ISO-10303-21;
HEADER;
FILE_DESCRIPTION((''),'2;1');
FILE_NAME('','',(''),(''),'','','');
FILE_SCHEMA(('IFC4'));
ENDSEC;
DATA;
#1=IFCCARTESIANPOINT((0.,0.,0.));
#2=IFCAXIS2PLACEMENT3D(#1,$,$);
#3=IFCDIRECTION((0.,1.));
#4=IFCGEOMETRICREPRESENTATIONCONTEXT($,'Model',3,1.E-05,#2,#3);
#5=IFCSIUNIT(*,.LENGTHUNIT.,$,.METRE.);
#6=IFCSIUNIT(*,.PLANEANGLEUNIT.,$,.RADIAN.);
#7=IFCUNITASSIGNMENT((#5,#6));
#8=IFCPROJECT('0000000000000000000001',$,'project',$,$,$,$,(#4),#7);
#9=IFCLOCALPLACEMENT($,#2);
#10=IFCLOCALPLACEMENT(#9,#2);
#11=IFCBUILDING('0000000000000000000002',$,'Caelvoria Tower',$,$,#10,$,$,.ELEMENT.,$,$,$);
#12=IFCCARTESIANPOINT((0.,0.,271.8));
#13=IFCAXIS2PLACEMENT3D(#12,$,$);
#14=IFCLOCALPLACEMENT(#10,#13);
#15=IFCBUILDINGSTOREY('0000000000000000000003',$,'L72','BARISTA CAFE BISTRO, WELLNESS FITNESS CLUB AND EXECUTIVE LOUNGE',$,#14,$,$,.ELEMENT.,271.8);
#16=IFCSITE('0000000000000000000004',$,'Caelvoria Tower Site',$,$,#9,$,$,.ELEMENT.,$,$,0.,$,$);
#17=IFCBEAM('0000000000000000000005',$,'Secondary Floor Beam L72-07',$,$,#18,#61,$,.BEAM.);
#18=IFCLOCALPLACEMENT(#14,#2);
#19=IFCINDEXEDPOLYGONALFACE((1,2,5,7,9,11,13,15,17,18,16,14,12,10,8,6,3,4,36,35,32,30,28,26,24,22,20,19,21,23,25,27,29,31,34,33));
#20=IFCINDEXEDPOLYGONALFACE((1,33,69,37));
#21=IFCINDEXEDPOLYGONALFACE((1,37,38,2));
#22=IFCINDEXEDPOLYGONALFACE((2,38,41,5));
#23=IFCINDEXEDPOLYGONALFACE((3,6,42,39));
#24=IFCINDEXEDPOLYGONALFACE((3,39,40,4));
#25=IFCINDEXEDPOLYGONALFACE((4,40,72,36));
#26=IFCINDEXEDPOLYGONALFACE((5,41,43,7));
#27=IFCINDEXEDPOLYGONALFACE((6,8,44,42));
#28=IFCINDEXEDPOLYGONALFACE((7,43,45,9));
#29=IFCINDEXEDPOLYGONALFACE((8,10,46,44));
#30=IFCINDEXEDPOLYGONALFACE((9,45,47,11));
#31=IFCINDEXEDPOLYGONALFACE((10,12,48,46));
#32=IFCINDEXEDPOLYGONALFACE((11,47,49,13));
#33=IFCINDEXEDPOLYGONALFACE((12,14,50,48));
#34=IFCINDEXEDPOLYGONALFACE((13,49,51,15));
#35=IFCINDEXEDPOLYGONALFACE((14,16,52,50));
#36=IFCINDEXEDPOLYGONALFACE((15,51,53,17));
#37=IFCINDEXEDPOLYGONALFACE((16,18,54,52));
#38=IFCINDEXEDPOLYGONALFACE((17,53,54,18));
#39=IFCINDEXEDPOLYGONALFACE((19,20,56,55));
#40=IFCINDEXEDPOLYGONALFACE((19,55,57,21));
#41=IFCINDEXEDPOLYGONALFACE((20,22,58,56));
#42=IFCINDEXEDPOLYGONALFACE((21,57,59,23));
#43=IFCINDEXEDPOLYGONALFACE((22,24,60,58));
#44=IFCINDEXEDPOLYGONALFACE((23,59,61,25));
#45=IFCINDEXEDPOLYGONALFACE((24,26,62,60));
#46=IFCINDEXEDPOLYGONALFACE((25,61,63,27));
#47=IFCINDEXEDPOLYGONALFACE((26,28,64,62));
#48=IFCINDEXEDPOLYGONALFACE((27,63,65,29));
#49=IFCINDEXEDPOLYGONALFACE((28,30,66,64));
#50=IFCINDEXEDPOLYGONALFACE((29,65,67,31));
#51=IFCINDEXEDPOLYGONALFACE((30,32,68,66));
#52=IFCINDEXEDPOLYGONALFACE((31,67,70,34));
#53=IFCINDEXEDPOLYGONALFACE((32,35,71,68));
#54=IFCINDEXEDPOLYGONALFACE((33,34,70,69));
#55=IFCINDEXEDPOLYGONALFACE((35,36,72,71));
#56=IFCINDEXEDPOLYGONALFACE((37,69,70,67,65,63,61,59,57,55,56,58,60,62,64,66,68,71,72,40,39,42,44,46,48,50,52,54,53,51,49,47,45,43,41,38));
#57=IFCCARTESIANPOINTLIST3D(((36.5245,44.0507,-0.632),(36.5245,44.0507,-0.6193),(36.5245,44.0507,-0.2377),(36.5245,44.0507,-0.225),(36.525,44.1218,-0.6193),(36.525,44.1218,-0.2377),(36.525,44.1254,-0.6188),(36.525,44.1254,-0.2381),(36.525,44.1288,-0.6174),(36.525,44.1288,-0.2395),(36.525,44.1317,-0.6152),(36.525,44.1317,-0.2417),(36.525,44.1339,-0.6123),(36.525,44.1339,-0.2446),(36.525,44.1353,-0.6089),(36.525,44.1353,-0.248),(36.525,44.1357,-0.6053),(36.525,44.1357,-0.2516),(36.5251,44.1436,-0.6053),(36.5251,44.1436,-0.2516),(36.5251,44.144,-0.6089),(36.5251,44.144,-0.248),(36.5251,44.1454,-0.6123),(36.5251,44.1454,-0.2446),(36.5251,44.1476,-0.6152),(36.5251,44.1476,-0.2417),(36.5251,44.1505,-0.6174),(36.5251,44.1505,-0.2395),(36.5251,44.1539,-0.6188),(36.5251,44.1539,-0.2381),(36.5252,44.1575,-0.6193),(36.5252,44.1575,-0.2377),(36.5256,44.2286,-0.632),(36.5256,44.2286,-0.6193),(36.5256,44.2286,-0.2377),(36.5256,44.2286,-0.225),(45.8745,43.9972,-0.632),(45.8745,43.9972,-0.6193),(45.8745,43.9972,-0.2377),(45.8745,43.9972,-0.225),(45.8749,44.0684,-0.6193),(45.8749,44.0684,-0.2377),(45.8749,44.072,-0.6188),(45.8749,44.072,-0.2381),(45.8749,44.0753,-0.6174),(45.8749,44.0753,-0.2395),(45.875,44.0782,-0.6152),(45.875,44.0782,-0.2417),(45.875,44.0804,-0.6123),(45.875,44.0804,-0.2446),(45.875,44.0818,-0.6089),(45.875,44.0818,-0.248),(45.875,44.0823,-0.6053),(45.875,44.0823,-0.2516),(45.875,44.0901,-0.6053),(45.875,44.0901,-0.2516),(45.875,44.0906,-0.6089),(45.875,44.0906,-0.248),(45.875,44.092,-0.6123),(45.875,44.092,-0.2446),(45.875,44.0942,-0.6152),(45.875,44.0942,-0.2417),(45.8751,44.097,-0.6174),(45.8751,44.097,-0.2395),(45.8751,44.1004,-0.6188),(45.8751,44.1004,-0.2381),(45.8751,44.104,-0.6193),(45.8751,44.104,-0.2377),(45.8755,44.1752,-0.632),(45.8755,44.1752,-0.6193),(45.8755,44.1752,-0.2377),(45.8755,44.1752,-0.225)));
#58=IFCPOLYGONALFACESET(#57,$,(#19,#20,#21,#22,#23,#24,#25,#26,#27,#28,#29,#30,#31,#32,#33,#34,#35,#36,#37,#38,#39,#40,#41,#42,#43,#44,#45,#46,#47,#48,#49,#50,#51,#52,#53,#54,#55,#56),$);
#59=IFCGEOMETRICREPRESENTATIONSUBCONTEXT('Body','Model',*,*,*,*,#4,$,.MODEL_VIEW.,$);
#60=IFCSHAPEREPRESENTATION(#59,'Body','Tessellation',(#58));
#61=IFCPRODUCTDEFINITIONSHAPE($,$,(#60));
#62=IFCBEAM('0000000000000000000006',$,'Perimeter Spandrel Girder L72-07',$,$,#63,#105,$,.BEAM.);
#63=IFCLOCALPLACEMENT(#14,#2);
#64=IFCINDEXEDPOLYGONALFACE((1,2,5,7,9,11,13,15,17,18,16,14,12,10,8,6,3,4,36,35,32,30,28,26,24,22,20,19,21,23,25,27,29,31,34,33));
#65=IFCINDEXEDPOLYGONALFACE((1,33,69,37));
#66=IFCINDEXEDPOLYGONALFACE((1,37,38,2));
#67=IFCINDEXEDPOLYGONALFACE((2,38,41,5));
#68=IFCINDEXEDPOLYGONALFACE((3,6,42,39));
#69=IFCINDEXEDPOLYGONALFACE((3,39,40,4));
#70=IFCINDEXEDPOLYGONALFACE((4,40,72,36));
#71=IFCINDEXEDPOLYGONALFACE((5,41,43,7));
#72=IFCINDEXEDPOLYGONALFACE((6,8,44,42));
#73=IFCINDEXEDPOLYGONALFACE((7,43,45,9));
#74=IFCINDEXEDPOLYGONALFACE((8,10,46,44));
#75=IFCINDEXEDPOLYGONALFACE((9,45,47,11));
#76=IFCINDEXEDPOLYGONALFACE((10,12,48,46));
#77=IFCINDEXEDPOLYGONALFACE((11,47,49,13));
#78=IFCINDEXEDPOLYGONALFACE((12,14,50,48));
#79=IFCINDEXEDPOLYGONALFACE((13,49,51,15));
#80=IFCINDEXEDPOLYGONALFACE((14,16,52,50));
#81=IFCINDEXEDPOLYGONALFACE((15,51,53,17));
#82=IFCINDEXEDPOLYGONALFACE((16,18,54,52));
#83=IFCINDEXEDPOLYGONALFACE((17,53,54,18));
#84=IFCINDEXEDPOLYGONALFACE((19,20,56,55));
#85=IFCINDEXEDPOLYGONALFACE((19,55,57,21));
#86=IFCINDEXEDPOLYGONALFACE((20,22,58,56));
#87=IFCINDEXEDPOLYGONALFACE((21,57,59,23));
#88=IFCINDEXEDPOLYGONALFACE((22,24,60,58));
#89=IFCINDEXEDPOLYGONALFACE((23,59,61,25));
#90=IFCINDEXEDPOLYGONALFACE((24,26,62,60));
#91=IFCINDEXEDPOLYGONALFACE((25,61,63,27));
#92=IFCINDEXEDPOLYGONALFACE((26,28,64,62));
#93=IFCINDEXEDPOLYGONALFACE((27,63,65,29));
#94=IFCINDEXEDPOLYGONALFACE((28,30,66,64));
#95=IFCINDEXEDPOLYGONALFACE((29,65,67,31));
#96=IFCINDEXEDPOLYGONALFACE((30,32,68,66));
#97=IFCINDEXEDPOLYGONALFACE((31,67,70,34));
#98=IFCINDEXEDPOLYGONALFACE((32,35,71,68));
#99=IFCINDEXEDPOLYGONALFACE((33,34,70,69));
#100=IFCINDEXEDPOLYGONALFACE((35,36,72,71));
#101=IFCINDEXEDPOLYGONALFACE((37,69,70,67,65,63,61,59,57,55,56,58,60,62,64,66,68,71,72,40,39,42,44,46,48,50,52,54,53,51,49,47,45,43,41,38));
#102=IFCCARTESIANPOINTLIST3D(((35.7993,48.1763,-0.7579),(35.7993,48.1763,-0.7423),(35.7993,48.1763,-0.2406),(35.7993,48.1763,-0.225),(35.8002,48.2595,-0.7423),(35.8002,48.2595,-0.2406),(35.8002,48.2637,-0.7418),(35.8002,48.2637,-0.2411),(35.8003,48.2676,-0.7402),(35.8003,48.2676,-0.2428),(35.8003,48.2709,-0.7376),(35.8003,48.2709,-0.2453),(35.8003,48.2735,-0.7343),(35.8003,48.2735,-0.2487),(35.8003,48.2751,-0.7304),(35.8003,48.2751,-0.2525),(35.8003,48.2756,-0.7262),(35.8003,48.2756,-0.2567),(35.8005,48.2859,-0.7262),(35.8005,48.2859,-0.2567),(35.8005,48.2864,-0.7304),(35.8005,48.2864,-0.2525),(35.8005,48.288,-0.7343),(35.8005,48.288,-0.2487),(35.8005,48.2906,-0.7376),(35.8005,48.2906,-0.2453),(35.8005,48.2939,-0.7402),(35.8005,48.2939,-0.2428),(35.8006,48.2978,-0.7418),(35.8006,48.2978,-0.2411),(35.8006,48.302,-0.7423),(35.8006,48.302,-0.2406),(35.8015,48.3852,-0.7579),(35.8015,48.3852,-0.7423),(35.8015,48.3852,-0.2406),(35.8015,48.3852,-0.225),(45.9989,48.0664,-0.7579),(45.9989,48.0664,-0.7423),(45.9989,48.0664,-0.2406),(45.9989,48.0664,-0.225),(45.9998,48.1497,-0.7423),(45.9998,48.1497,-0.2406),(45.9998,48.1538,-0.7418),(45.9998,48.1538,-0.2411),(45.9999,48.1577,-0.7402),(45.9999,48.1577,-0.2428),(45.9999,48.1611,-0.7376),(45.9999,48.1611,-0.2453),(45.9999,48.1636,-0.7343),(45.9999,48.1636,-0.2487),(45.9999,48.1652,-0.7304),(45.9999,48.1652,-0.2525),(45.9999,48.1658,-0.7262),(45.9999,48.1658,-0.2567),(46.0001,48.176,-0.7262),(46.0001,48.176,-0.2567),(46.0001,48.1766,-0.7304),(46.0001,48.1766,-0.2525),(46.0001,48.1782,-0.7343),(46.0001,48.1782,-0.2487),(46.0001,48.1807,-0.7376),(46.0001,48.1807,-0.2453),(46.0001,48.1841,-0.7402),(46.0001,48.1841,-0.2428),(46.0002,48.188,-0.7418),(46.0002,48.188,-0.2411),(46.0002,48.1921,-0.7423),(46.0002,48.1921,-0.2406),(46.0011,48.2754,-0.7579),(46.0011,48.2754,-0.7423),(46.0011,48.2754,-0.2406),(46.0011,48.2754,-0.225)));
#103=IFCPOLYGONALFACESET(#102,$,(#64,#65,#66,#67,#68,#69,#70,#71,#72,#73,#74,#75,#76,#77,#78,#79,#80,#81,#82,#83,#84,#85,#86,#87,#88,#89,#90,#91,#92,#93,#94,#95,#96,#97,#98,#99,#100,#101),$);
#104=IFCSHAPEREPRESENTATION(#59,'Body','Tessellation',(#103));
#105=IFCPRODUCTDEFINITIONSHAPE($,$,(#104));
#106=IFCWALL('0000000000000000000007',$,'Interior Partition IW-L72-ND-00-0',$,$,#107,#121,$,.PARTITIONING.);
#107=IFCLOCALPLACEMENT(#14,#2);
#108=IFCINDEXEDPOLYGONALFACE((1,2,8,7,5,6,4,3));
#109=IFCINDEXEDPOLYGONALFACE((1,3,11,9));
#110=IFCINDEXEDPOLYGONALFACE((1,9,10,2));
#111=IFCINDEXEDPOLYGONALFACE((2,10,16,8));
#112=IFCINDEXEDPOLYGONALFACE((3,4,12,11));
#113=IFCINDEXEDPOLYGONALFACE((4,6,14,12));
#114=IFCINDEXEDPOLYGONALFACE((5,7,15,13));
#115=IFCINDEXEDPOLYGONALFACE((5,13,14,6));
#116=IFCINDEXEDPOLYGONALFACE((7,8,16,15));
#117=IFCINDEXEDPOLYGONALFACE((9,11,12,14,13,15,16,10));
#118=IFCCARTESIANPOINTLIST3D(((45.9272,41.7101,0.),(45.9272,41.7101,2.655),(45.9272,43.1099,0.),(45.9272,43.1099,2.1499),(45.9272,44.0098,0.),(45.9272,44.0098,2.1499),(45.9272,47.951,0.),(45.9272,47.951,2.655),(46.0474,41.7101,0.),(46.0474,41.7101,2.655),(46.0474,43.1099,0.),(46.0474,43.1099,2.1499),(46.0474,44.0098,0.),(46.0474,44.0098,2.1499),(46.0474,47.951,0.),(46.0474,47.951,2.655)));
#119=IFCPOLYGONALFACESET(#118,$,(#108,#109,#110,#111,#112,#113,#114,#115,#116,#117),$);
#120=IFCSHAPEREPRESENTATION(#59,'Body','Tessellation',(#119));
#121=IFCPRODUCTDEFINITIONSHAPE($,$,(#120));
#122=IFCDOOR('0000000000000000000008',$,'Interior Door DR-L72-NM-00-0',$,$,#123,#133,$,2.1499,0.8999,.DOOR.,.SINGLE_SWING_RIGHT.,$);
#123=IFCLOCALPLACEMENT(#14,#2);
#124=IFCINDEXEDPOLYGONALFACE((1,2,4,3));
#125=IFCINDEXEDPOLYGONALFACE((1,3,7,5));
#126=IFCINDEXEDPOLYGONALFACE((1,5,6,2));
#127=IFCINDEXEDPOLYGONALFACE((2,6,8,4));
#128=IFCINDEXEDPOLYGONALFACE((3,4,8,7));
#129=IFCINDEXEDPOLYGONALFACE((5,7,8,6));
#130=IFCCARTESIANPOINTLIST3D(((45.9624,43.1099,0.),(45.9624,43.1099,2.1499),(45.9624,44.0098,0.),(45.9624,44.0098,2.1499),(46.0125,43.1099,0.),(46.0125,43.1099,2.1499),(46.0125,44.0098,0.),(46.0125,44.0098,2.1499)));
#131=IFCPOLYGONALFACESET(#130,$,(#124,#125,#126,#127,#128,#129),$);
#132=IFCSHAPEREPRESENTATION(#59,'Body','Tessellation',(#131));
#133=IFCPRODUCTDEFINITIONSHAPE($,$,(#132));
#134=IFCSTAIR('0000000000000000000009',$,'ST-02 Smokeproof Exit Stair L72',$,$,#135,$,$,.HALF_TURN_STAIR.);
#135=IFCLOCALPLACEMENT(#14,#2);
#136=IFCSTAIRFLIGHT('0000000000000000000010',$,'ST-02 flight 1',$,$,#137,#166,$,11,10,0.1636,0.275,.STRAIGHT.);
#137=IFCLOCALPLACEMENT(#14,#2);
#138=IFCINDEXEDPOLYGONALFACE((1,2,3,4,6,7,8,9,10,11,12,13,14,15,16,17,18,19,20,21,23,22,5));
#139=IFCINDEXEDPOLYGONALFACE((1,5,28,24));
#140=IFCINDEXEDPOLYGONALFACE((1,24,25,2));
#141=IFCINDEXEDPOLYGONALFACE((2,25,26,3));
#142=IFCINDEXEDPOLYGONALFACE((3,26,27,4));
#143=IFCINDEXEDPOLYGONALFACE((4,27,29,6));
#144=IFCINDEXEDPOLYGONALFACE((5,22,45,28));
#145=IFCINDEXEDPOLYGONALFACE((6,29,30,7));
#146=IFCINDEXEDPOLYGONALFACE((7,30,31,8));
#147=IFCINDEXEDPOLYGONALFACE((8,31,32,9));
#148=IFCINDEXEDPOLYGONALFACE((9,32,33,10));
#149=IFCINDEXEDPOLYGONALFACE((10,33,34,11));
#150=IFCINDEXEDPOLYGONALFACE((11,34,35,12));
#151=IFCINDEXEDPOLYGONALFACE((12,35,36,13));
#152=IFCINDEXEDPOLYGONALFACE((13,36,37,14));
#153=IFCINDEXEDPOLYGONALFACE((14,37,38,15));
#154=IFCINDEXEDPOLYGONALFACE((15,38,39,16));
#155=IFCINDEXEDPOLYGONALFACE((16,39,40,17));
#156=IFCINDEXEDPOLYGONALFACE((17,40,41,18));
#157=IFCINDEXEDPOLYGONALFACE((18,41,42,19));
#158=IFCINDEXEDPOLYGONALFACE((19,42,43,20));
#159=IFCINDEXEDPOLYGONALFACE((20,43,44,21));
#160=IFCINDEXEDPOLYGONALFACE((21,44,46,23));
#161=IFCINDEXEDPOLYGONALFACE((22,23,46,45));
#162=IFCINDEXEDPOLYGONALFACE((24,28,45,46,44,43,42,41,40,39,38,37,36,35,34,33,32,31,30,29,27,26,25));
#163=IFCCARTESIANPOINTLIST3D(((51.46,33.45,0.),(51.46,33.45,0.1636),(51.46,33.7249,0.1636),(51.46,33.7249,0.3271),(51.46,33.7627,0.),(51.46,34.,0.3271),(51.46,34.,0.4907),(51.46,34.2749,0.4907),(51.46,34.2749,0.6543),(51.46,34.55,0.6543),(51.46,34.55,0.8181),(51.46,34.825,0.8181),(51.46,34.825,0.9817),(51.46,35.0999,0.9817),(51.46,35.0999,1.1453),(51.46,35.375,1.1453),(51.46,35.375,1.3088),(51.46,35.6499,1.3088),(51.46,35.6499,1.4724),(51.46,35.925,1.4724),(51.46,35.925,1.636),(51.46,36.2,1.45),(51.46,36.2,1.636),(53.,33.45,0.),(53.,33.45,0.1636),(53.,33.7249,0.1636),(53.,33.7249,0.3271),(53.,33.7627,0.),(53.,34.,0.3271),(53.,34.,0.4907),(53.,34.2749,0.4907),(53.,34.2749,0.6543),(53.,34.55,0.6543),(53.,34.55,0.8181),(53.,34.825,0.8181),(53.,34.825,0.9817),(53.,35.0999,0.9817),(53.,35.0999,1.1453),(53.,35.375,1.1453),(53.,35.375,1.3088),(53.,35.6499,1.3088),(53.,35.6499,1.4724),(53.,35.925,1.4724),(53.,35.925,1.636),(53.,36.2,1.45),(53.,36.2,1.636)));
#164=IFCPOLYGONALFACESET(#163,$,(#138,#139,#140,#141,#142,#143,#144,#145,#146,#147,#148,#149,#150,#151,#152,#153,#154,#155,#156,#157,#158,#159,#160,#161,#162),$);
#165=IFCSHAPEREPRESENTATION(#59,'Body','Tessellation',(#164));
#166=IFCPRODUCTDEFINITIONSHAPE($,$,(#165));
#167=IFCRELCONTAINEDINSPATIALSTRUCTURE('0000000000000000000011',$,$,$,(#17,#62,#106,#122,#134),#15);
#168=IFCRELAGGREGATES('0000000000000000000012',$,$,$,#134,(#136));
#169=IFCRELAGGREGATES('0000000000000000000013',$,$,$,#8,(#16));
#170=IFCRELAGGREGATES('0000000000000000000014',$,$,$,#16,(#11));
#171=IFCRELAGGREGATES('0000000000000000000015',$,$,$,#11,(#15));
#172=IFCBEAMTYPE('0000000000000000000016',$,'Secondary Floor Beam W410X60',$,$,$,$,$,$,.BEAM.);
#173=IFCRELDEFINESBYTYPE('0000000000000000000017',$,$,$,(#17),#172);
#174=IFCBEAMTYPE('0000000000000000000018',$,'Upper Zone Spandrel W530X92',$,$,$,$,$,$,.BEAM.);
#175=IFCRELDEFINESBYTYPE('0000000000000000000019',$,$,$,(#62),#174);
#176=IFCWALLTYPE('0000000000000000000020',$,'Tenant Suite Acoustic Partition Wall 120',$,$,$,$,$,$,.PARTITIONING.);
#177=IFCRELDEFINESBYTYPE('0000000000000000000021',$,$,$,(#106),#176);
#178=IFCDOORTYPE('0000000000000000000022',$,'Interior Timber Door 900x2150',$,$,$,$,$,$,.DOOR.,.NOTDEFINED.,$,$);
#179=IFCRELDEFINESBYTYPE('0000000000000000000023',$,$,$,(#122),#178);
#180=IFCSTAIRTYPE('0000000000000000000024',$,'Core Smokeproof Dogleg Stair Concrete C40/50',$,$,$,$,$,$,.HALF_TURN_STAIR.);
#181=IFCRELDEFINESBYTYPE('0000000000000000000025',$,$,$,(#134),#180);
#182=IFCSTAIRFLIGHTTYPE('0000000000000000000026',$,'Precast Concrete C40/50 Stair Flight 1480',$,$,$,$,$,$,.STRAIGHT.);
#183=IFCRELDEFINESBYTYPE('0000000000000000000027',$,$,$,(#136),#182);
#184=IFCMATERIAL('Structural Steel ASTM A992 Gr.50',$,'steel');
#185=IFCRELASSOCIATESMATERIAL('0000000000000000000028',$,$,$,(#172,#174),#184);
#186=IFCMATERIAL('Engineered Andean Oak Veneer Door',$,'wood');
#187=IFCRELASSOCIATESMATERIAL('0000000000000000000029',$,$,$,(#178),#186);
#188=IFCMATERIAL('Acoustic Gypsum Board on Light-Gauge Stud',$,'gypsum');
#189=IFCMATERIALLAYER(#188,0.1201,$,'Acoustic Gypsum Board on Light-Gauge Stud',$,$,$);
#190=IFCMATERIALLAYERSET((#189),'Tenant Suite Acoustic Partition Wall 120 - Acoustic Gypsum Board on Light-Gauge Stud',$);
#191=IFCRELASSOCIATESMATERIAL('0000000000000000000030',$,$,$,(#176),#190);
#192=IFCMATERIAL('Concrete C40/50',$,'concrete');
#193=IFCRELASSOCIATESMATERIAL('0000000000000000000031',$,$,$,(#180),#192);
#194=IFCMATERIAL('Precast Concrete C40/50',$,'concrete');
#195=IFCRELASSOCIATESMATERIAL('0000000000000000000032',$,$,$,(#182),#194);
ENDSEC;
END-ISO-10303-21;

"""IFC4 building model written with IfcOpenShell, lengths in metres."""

from ifc_helpers import new_model, si_unit, direction, frame, frame_2d, origin, origin_2d, place, context, subcontext, project, spatial, polyline, rectangle, i_section, outline, extrude, material, layer, layer_set, material_profile, profile_set, type_object, element, fill, aggregate, save


model = new_model("IFC4")

# Units and contexts
model_context = context("Model", 3, precision=1e-05, world=origin(), true_north=direction((0.0, 1.0)))
body_context = subcontext(model_context, "Body", "Model", "MODEL_VIEW")
ifc_project = project(units=[si_unit("LENGTHUNIT", "METRE"), si_unit("PLANEANGLEUNIT", "RADIAN")], contexts=[model_context])

# Site, building, storey
site_placement = place(None, origin())
site = spatial("IfcSite", under=ifc_project, at=site_placement, Name="Caelvoria Tower Site", CompositionType="ELEMENT", RefElevation=0.0)
building_placement = place(site_placement, origin())
building = spatial("IfcBuilding", under=site, at=building_placement, Name="Caelvoria Tower", CompositionType="ELEMENT")
storey_placement = place(building_placement, frame((0.0, 0.0, 271.8)))
storey = spatial("IfcBuildingStorey", under=building, at=storey_placement, Name="L72", Description="BARISTA CAFE BISTRO, WELLNESS FITNESS CLUB AND EXECUTIVE LOUNGE", CompositionType="ELEMENT", Elevation=271.8)

# Shared definitions
ifc_material_1 = material(Name="Structural Steel ASTM A992 Gr.50", Category="steel")

# Beams
ifc_material_profile_1 = material_profile(ifc_material_1, i_section(OverallWidth=0.178, OverallDepth=0.407, WebThickness=0.0078, FlangeThickness=0.0127, FilletRadius=0.0139, at=origin_2d()), Name="Structural Steel ASTM A992 Gr.50")
ifc_profile_set_1 = profile_set([ifc_material_profile_1], Name="W410X60 - Structural Steel ASTM A992 Gr.50")
beam_type_1 = type_object("IfcBeamType", Name="Secondary Floor Beam W410X60", PredefinedType="BEAM", material=ifc_profile_set_1)
for number, where, z_axis, x_axis, name in (
    (1, (45.875, 44.0862, -0.4285), (-0.999984, 0.005718, 0.0), (-0.005718, -0.999984, 0.0), "Secondary Floor Beam L72-07"),
):
    element("IfcBeam", number, at=place(storey_placement, frame(where, z_axis=z_axis, x_axis=x_axis)), inside=storey, type_object=beam_type_1, Name=name, PredefinedType="BEAM", context=body_context, shape_type="SweptSolid", body=[
        extrude(i_section(OverallWidth=0.178, OverallDepth=0.407, WebThickness=0.0078, FlangeThickness=0.0127, FilletRadius=0.0139, at=origin_2d()), origin(), (0.0, 0.0, 1.0), 9.3501),
    ])
ifc_material_profile_2 = material_profile(ifc_material_1, i_section(OverallWidth=0.209, OverallDepth=0.533, WebThickness=0.0103, FlangeThickness=0.0156, FilletRadius=0.0161, at=origin_2d()), Name="Structural Steel ASTM A992 Gr.50")
ifc_profile_set_2 = profile_set([ifc_material_profile_2], Name="W530X92 - Structural Steel ASTM A992 Gr.50")
beam_type_2 = type_object("IfcBeamType", Name="Upper Zone Spandrel W530X92", PredefinedType="BEAM", material=ifc_profile_set_2)
beam_1_placement = place(storey_placement, frame((46.0, 48.1709, -0.4915), z_axis=(-0.999942, 0.010771, 0.0), x_axis=(-0.010771, -0.999942, 0.0)))
element("IfcBeam", 2, at=beam_1_placement, inside=storey, type_object=beam_type_2, Name="Perimeter Spandrel Girder L72-07", PredefinedType="BEAM", context=body_context, shape_type="SweptSolid", body=[
    extrude(i_section(OverallWidth=0.209, OverallDepth=0.533, WebThickness=0.0103, FlangeThickness=0.0156, FilletRadius=0.0161, at=origin_2d()), origin(), (0.0, 0.0, 1.0), 10.2002),
])

# Wall, opening, door
ifc_material_2 = material(Name="Engineered Andean Oak Veneer Door", Category="wood")
door_type_1 = type_object("IfcDoorType", Name="Interior Timber Door 900x2150", OperationType="NOTDEFINED", PredefinedType="DOOR", material=ifc_material_2)
ifc_material_3 = material(Name="Acoustic Gypsum Board on Light-Gauge Stud", Category="gypsum")
ifc_layer_1 = layer(ifc_material_3, 0.1201, Name="Acoustic Gypsum Board on Light-Gauge Stud")
ifc_layer_set_1 = layer_set([ifc_layer_1], Name="Tenant Suite Acoustic Partition Wall 120 - Acoustic Gypsum Board on Light-Gauge Stud")
wall_type_1 = type_object("IfcWallType", Name="Tenant Suite Acoustic Partition Wall 120", PredefinedType="PARTITIONING", material=ifc_layer_set_1)
wall_1_placement = place(storey_placement, frame((45.9873, 41.71, 0.0), z_axis=(0.0, 0.0, 1.0), x_axis=(0.0, 1.0, 0.0)))
wall_1 = element("IfcWall", 3, at=wall_1_placement, inside=storey, type_object=wall_type_1, Name="Interior Partition IW-L72-ND-00-0", PredefinedType="PARTITIONING", context=body_context, shape_type="SweptSolid", body=[
    extrude(rectangle(XDim=6.241, YDim=0.1201, at=frame_2d((3.1206, 0.0))), origin(), (0.0, 0.0, 1.0), 2.655),
])
opening_1_placement = place(wall_1_placement, frame((1.3999, 0.0, 0.0)))
opening_1 = element("IfcOpeningElement", 4, at=opening_1_placement, cuts=wall_1, PredefinedType="OPENING", context=body_context, shape_type="SweptSolid", body=[
    extrude(rectangle(XDim=0.8999, YDim=2.1499, at=frame_2d((0.45, 1.075))), frame((0.0, 0.0701, 0.0), z_axis=(0.0, -1.0, 0.0), x_axis=(1.0, 0.0, 0.0)), (0.0, 0.0, 1.0), 0.1401),
])
door_1_placement = place(opening_1_placement, origin())
door_1 = element("IfcDoor", 5, at=door_1_placement, inside=storey, type_object=door_type_1, Name="Interior Door DR-L72-NM-00-0", OperationType="SINGLE_SWING_RIGHT", OverallHeight=2.1499, OverallWidth=0.8999, PredefinedType="DOOR", context=body_context, shape_type="SweptSolid", body=[
    extrude(rectangle(XDim=0.8999, YDim=2.1499, at=frame_2d((0.45, 1.075))), frame((0.0, 0.0249, 0.0), z_axis=(0.0, -1.0, 0.0), x_axis=(1.0, 0.0, 0.0)), (0.0, 0.0, 1.0), 0.05),
])
fill(opening_1, door_1)

# Stair, stair flight
ifc_material_4 = material(Name="Concrete C40/50", Category="concrete")
stair_type = type_object("IfcStairType", Name="Core Smokeproof Dogleg Stair Concrete C40/50", PredefinedType="HALF_TURN_STAIR", material=ifc_material_4)
stair_placement = place(storey_placement, origin())
stair = element("IfcStair", 6, at=stair_placement, inside=storey, type_object=stair_type, Name="ST-02 Smokeproof Exit Stair L72", PredefinedType="HALF_TURN_STAIR")
ifc_material_5 = material(Name="Precast Concrete C40/50", Category="concrete")
stair_flight_type = type_object("IfcStairFlightType", Name="Precast Concrete C40/50 Stair Flight 1480", PredefinedType="STRAIGHT", material=ifc_material_5)
stair_flight_1_placement = place(storey_placement, frame((52.23, 33.45, 0.0), z_axis=(0.0, 0.0, 1.0), x_axis=(0.0, 1.0, 0.0)))
stair_flight_1 = element("IfcStairFlight", 7, at=stair_flight_1_placement, type_object=stair_flight_type, Name="ST-02 flight 1", NumberOfRisers=11, NumberOfTreads=10, PredefinedType="STRAIGHT", RiserHeight=0.1636, TreadLength=0.275, context=body_context, shape_type="SweptSolid", body=[
    extrude(outline(polyline([(0.0, 0.0), (0.0, 0.1636), (0.2749, 0.1636), (0.2749, 0.3271), (0.55, 0.3271), (0.55, 0.4907), (0.825, 0.4907), (0.825, 0.6543), (1.1001, 0.6543), (1.1001, 0.8181), (1.375, 0.8181), (1.375, 0.9817), (1.6499, 0.9817), (1.6499, 1.1453), (1.925, 1.1453), (1.925, 1.3088), (2.2, 1.3088), (2.2, 1.4724), (2.4751, 1.4724), (2.4751, 1.636), (2.75, 1.636), (2.75, 1.7996), (2.75, 1.45), (0.3127, 0.0), (0.0, 0.0)])), frame((0.0, 0.77, 0.0), z_axis=(0.0, -1.0, 0.0), x_axis=(1.0, 0.0, 0.0)), (0.0, 0.0, 1.0), 1.54),
])
aggregate(stair, [stair_flight_1])

save(model, "model.ifc")
